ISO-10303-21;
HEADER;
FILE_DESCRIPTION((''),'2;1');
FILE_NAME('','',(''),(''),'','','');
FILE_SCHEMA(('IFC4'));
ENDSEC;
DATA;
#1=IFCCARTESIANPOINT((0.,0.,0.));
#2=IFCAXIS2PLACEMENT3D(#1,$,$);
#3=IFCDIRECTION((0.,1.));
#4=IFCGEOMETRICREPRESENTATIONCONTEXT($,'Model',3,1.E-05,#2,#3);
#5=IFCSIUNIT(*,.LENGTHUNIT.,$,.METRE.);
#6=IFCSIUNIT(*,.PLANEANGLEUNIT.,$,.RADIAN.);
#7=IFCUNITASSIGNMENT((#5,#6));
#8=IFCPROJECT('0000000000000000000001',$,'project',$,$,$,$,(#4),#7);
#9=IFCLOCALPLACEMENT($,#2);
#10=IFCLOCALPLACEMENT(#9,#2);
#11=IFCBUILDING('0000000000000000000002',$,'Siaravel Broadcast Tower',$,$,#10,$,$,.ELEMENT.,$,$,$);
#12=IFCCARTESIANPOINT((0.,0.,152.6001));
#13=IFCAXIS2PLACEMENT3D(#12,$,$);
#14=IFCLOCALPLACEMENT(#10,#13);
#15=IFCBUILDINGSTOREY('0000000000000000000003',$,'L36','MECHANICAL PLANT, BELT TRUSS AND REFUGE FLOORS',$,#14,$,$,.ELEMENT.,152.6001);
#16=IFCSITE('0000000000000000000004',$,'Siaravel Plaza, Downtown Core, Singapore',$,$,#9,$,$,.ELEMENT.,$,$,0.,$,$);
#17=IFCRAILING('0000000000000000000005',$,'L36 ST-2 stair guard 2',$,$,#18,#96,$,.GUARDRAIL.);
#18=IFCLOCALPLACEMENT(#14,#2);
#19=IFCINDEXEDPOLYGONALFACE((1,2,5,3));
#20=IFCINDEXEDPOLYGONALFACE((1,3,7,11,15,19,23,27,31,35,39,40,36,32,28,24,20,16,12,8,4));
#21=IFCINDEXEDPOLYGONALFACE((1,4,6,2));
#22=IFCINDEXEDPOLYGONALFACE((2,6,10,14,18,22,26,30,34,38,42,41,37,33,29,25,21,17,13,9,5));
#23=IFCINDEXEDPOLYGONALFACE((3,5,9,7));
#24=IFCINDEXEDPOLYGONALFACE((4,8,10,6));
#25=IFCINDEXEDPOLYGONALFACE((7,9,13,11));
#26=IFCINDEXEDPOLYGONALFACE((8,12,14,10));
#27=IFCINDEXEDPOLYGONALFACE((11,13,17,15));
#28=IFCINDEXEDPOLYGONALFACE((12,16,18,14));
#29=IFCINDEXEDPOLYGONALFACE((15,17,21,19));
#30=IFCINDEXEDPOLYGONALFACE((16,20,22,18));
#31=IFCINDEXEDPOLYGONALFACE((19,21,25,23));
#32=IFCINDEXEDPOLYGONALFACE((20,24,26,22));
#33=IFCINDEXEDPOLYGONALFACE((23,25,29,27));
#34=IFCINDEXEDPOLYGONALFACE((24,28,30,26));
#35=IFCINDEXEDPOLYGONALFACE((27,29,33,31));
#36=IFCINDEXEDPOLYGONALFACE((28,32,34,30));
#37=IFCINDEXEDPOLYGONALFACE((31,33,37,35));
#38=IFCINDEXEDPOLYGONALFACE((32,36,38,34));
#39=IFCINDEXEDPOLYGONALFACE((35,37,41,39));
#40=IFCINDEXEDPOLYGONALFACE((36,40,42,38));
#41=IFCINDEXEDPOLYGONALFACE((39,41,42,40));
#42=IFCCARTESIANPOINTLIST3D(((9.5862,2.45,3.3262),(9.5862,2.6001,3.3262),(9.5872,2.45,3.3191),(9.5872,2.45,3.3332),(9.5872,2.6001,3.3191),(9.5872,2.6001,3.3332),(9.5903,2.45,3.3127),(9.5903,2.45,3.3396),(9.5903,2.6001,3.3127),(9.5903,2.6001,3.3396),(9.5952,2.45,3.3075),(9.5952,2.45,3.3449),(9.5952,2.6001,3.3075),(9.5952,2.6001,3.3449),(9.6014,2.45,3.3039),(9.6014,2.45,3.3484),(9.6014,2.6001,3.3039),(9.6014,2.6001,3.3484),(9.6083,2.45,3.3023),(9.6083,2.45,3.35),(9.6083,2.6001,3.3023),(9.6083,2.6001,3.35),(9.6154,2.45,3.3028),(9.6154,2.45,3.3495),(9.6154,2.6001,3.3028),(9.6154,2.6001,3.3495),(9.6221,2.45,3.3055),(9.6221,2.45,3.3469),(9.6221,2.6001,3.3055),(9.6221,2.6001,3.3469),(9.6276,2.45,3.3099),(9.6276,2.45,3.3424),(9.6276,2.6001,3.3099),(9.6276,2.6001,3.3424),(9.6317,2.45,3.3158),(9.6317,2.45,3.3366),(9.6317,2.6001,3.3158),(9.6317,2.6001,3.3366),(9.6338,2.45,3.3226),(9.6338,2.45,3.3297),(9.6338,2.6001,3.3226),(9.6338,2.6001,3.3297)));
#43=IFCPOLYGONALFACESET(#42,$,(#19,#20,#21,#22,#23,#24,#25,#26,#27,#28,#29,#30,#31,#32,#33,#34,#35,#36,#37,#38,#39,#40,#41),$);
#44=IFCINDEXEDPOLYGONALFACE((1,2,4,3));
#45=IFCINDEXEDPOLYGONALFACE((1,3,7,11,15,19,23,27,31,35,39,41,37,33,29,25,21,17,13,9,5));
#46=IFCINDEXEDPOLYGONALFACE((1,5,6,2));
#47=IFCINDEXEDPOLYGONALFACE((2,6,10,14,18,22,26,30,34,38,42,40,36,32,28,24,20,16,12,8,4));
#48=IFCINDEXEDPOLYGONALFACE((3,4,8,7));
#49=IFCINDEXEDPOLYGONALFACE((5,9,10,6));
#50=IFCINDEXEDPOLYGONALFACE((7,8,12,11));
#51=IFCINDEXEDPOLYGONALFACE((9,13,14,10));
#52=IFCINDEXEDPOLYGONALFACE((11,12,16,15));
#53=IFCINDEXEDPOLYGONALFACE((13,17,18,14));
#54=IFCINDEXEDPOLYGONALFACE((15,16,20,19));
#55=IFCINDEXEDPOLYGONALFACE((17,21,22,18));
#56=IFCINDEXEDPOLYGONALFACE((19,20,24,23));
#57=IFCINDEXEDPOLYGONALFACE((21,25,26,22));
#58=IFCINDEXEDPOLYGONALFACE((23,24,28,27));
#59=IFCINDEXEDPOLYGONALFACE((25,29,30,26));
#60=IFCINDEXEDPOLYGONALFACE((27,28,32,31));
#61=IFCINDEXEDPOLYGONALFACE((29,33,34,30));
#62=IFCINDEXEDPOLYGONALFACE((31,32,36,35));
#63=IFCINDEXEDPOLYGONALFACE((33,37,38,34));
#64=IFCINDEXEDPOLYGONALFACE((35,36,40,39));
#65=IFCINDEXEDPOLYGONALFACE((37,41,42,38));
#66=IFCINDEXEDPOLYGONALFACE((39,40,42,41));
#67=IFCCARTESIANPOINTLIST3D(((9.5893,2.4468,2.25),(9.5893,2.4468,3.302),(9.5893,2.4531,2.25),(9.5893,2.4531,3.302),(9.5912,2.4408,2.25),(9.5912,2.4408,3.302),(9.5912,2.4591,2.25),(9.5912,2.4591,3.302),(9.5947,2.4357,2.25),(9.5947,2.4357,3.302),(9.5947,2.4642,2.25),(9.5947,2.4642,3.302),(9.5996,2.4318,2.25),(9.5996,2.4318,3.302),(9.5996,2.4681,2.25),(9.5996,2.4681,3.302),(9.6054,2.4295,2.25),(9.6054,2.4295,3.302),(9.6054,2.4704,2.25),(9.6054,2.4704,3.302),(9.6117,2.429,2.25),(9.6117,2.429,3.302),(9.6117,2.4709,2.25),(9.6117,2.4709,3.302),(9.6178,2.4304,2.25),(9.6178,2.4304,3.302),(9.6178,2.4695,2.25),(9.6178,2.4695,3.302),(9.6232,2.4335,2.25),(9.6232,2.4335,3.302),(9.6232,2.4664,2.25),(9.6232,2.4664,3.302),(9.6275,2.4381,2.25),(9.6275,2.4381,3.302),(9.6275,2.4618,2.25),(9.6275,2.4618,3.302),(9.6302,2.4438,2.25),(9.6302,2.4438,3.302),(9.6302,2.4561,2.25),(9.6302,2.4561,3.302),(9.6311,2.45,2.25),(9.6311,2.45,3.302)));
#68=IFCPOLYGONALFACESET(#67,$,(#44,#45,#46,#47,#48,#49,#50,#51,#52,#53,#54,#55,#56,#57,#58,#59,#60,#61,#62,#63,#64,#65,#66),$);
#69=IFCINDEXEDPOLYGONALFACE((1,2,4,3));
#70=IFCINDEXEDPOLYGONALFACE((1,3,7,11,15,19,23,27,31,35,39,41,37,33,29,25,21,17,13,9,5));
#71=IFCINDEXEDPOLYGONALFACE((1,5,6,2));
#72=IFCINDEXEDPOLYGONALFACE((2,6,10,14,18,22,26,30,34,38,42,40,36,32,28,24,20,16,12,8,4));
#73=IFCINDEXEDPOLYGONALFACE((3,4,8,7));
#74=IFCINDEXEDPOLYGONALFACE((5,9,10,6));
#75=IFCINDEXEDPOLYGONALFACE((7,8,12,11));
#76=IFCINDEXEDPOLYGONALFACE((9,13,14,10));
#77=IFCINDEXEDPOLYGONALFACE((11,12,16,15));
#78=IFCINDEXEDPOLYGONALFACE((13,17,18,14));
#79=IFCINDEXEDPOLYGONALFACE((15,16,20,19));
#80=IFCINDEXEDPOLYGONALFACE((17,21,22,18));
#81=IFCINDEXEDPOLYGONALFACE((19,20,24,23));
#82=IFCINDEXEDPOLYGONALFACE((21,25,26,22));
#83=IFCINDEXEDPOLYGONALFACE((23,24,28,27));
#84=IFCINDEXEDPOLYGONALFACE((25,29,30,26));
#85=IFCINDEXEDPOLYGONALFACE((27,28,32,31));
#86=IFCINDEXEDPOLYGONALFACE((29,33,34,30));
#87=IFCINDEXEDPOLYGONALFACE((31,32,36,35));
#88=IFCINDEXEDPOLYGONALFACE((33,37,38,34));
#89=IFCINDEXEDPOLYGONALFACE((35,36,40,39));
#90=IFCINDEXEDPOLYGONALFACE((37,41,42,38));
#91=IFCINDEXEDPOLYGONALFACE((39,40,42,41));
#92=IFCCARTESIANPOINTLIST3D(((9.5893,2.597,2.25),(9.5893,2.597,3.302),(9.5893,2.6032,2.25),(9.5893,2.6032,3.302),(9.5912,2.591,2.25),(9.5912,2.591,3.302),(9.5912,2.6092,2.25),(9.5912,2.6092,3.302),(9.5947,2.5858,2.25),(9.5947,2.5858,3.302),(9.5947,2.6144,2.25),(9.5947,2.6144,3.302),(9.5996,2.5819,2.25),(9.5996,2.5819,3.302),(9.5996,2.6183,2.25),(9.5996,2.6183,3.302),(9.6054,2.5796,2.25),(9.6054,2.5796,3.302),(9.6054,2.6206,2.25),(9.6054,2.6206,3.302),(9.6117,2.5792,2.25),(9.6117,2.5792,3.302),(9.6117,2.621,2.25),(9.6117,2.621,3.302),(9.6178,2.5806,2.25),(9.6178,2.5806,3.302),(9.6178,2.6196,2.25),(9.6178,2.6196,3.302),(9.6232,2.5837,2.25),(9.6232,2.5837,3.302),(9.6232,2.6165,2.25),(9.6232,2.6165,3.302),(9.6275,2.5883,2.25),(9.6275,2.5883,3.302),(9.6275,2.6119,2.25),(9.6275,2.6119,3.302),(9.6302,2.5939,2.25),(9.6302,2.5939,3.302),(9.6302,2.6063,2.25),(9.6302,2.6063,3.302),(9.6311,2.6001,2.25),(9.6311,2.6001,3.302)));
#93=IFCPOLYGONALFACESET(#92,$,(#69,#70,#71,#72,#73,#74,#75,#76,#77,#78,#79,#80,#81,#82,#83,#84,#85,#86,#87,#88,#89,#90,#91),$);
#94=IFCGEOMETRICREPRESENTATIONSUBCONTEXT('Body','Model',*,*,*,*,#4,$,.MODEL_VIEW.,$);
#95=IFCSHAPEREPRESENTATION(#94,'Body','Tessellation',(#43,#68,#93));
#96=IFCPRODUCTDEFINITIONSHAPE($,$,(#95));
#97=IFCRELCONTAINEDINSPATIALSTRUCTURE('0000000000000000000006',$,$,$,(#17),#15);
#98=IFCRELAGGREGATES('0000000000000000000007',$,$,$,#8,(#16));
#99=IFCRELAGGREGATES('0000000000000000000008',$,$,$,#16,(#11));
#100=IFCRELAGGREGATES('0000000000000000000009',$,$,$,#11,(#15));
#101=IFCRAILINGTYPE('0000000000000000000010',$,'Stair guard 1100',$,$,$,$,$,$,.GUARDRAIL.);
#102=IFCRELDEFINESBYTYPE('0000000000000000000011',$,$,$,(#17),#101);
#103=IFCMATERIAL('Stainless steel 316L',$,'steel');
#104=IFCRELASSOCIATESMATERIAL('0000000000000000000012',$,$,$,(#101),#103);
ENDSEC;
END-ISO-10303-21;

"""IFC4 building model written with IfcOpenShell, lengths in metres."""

from ifc_helpers import new_model, si_unit, direction, frame, origin, origin_2d, place, context, subcontext, project, spatial, circle, extrude, material, type_object, element, save


model = new_model("IFC4")

# Units and contexts
model_context = context("Model", 3, precision=1e-05, world=origin(), true_north=direction((0.0, 1.0)))
body_context = subcontext(model_context, "Body", "Model", "MODEL_VIEW")
ifc_project = project(units=[si_unit("LENGTHUNIT", "METRE"), si_unit("PLANEANGLEUNIT", "RADIAN")], contexts=[model_context])

# Site, building, storey
site_placement = place(None, origin())
site = spatial("IfcSite", under=ifc_project, at=site_placement, Name="Siaravel Plaza, Downtown Core, Singapore", CompositionType="ELEMENT", RefElevation=0.0)
building_placement = place(site_placement, origin())
building = spatial("IfcBuilding", under=site, at=building_placement, Name="Siaravel Broadcast Tower", CompositionType="ELEMENT")
storey_placement = place(building_placement, frame((0.0, 0.0, 152.6001)))
storey = spatial("IfcBuildingStorey", under=building, at=storey_placement, Name="L36", Description="MECHANICAL PLANT, BELT TRUSS AND REFUGE FLOORS", CompositionType="ELEMENT", Elevation=152.6001)

# Railing
ifc_material_1 = material(Name="Stainless steel 316L", Category="steel")
railing_type_1 = type_object("IfcRailingType", Name="Stair guard 1100", PredefinedType="GUARDRAIL", material=ifc_material_1)
railing_1_placement = place(storey_placement, frame((9.6101, 2.45, 2.25)))
element("IfcRailing", 1, at=railing_1_placement, inside=storey, type_object=railing_type_1, Name="L36 ST-2 stair guard 2", PredefinedType="GUARDRAIL", context=body_context, shape_type="SweptSolid", body=[
    extrude(circle(Radius=0.0239, at=origin_2d()), frame((0.0, 0.0, 1.0762), z_axis=(0.0, 1.0, 0.0), x_axis=(-1.0, 0.0, 0.0)), (0.0, 0.0, 1.0), 0.1501),
    extrude(circle(Radius=0.021, at=origin_2d()), origin(), (0.0, 0.0, 1.0), 1.052),
    extrude(circle(Radius=0.021, at=origin_2d()), frame((0.0, 0.1501, 0.0)), (0.0, 0.0, 1.0), 1.052),
])

save(model, "model.ifc")
